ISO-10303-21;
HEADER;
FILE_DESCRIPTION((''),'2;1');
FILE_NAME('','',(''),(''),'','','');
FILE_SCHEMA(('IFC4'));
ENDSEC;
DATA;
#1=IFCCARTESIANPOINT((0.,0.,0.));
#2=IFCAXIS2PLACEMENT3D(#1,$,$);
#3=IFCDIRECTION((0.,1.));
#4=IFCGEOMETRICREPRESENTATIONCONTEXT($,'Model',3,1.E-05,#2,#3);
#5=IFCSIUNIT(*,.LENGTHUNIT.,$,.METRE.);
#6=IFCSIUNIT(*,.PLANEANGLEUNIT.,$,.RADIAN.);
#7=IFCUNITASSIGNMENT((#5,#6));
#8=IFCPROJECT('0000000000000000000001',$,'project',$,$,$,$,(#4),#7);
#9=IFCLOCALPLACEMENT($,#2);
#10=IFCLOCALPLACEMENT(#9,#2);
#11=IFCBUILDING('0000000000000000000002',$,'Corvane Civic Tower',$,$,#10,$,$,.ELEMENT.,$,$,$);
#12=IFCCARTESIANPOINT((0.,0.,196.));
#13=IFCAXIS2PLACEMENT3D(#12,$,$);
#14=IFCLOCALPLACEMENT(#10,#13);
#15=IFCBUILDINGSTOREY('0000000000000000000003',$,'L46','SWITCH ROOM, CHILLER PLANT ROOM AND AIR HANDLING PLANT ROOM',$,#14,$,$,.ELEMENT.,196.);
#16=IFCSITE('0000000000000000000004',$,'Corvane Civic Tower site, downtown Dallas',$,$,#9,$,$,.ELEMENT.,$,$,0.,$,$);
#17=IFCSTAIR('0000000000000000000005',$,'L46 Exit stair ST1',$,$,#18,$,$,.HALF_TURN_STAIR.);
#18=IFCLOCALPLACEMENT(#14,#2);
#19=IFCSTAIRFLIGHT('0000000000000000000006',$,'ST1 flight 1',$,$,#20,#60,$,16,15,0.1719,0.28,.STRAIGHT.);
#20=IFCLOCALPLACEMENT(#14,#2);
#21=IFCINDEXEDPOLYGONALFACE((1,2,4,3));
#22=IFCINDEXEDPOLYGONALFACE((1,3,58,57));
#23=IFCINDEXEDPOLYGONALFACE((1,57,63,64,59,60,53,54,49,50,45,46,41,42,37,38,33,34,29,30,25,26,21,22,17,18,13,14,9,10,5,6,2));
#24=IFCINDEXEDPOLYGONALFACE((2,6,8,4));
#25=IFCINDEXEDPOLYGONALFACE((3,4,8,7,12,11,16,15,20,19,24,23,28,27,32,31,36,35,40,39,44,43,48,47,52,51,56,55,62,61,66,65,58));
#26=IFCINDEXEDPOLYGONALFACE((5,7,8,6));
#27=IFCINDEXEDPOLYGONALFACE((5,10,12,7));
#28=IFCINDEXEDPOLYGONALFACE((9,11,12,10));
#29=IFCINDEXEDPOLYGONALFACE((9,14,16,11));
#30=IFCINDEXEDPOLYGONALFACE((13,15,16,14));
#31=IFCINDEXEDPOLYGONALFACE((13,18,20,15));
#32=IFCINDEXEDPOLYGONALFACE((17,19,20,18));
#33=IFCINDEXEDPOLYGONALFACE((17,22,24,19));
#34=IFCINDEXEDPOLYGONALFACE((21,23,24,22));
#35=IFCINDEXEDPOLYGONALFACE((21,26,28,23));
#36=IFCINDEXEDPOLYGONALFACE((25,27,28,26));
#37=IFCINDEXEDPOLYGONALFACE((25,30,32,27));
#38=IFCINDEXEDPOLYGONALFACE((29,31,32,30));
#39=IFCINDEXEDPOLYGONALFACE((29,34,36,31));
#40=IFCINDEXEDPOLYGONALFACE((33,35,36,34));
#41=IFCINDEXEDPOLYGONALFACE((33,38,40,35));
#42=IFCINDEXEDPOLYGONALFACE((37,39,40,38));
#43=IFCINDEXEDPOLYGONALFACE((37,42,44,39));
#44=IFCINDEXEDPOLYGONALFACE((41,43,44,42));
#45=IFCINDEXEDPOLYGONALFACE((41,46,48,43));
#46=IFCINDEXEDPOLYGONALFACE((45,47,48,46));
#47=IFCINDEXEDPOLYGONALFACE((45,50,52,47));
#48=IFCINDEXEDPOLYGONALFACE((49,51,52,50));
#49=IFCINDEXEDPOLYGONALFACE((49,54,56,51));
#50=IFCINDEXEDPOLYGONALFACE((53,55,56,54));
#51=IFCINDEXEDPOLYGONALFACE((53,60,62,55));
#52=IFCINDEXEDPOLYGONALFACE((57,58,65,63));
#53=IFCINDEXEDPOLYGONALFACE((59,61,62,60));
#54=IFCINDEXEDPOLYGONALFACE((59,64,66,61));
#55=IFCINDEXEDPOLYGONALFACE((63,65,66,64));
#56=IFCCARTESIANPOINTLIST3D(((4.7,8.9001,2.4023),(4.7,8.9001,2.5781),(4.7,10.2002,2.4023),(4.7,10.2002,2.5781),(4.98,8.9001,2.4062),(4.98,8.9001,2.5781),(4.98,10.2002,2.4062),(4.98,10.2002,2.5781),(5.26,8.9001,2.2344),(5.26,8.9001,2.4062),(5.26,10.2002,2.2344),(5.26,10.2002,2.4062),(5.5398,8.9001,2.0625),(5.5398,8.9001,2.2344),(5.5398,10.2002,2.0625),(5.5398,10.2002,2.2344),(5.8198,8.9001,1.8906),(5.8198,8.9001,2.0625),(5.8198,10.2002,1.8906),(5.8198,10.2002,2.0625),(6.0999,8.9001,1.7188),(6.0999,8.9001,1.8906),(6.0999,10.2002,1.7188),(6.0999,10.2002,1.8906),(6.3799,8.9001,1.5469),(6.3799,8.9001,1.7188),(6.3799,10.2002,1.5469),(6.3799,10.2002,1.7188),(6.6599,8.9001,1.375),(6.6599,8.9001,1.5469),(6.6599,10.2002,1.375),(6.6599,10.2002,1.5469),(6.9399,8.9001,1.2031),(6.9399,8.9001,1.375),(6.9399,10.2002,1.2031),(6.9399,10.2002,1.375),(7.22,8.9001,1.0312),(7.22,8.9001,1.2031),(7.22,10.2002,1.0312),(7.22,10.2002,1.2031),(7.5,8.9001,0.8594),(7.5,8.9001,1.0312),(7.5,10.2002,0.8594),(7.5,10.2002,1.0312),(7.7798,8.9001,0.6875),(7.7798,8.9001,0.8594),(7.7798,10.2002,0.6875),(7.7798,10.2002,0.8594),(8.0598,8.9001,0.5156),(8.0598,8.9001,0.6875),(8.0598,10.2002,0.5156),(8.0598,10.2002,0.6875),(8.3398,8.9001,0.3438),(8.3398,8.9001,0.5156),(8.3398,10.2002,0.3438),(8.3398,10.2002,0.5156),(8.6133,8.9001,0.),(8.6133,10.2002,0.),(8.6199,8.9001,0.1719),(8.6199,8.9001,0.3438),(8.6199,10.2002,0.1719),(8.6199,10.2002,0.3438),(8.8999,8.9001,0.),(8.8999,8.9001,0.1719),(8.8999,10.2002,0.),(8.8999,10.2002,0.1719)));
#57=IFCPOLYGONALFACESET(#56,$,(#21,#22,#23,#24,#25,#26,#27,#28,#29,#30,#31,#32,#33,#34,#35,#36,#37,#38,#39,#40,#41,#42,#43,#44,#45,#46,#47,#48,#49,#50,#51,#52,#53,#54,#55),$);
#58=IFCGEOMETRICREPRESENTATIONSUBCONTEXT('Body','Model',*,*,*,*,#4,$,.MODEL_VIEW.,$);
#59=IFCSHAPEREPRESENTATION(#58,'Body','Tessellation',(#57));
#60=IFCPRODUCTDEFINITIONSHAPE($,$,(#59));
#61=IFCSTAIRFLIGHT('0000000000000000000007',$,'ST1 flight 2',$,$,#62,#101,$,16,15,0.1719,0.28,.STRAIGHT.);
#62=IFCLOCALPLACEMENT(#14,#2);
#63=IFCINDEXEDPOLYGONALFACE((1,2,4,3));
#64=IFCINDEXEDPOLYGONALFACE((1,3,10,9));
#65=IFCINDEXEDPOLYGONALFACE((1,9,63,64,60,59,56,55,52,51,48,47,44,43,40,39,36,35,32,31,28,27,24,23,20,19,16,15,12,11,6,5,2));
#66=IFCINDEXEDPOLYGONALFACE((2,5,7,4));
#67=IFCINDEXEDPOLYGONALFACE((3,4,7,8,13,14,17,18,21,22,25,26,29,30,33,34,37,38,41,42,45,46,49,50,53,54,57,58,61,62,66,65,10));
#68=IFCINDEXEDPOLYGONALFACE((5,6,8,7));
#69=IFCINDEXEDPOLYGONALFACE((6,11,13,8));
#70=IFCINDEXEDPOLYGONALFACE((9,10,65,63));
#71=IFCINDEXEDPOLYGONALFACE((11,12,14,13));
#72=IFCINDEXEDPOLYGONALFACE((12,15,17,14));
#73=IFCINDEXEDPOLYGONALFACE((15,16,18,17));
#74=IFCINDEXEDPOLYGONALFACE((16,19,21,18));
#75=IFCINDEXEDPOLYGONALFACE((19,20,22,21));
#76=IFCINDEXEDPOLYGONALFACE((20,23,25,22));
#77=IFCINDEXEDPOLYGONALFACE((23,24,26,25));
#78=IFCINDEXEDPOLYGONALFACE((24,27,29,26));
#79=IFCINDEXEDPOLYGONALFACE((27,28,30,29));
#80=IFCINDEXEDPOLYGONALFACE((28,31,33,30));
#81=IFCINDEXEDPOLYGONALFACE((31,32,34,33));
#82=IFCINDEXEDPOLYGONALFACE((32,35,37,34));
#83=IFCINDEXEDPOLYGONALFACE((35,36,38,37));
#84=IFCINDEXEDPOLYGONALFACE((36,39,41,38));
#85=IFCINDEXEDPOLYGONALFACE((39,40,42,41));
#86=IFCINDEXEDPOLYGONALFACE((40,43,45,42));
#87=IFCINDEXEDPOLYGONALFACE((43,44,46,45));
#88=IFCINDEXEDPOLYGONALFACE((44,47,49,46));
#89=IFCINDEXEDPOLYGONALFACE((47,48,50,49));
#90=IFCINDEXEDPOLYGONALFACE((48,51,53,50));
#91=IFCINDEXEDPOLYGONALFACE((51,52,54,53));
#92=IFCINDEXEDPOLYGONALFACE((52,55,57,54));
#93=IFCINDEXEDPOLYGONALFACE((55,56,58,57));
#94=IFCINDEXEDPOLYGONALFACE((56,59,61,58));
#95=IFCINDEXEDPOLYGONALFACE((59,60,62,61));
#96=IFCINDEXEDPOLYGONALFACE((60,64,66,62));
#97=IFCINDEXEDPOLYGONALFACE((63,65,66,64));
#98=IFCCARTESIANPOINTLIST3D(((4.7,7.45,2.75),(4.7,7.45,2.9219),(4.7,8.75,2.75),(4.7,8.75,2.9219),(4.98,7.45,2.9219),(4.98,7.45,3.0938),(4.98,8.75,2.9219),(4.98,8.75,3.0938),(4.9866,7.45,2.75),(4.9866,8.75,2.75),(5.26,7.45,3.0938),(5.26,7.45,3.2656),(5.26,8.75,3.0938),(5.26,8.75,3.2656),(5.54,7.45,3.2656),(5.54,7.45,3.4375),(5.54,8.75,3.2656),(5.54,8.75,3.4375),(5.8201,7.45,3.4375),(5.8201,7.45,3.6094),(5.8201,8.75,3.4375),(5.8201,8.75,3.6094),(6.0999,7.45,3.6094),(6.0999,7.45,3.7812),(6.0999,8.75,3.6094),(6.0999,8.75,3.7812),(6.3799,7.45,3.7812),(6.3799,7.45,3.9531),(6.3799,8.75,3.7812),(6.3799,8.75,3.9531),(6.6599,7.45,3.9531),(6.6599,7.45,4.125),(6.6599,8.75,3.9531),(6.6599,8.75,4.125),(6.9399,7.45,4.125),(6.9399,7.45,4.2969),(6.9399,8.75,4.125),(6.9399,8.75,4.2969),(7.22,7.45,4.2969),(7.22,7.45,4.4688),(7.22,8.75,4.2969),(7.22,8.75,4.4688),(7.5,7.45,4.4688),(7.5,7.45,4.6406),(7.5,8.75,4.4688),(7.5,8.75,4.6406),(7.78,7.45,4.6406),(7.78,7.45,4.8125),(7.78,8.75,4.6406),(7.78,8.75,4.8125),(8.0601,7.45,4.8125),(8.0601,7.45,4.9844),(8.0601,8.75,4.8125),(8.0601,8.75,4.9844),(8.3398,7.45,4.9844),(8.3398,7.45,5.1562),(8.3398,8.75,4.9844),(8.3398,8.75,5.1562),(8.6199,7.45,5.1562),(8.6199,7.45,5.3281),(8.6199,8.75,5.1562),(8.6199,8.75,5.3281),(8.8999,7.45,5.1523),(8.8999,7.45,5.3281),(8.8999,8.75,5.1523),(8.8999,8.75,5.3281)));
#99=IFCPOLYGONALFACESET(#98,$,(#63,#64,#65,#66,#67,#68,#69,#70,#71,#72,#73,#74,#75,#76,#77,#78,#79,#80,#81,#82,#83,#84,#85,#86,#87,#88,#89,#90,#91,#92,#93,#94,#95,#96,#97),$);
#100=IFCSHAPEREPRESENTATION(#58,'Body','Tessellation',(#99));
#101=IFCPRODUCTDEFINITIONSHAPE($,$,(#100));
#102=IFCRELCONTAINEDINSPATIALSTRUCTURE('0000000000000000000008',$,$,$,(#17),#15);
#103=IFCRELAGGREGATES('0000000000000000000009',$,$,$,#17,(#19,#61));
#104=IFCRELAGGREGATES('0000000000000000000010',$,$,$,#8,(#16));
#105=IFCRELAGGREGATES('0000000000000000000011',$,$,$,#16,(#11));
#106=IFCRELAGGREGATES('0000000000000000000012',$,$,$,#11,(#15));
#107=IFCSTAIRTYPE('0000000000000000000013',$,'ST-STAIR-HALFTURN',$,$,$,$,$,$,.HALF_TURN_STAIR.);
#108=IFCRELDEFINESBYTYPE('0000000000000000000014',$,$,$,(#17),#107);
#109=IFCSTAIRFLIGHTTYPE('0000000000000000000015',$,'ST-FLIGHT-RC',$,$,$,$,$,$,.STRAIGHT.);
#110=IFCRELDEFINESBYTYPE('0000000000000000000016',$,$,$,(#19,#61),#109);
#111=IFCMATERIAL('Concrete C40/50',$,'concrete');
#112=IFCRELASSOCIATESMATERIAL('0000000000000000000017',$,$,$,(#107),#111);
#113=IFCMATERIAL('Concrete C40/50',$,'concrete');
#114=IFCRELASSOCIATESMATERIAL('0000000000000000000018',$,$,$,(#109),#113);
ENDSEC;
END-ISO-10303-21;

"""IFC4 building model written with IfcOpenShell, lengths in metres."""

from ifc_helpers import new_model, si_unit, direction, frame, origin, place, context, subcontext, project, spatial, polyline, outline, extrude, material, type_object, element, aggregate, save


model = new_model("IFC4")

# Units and contexts
model_context = context("Model", 3, precision=1e-05, world=origin(), true_north=direction((0.0, 1.0)))
body_context = subcontext(model_context, "Body", "Model", "MODEL_VIEW")
ifc_project = project(units=[si_unit("LENGTHUNIT", "METRE"), si_unit("PLANEANGLEUNIT", "RADIAN")], contexts=[model_context])

# Site, building, storey
site_placement = place(None, origin())
site = spatial("IfcSite", under=ifc_project, at=site_placement, Name="Corvane Civic Tower site, downtown Dallas", CompositionType="ELEMENT", RefElevation=0.0)
building_placement = place(site_placement, origin())
building = spatial("IfcBuilding", under=site, at=building_placement, Name="Corvane Civic Tower", CompositionType="ELEMENT")
storey_placement = place(building_placement, frame((0.0, 0.0, 196.0)))
storey = spatial("IfcBuildingStorey", under=building, at=storey_placement, Name="L46", Description="SWITCH ROOM, CHILLER PLANT ROOM AND AIR HANDLING PLANT ROOM", CompositionType="ELEMENT", Elevation=196.0)

# Stair, stair flights
ifc_material_1 = material(Name="Concrete C40/50", Category="concrete")
stair_type = type_object("IfcStairType", Name="ST-STAIR-HALFTURN", PredefinedType="HALF_TURN_STAIR", material=ifc_material_1)
stair_placement = place(storey_placement, origin())
stair = element("IfcStair", 1, at=stair_placement, inside=storey, type_object=stair_type, Name="L46 Exit stair ST1", PredefinedType="HALF_TURN_STAIR")
ifc_material_2 = material(Name="Concrete C40/50", Category="concrete")
stair_flight_type = type_object("IfcStairFlightType", Name="ST-FLIGHT-RC", PredefinedType="STRAIGHT", material=ifc_material_2)
stair_flight_1_placement = place(storey_placement, frame((8.8999, 9.55, 0.0), z_axis=(0.0, 0.0, 1.0), x_axis=(-1.0, 0.0, 0.0)))
stair_flight_1 = element("IfcStairFlight", 2, at=stair_flight_1_placement, type_object=stair_flight_type, Name="ST1 flight 1", NumberOfRisers=16, NumberOfTreads=15, PredefinedType="STRAIGHT", RiserHeight=0.1719, TreadLength=0.28, context=body_context, shape_type="SweptSolid", body=[
    extrude(outline(polyline([(0.0, 0.0), (0.0, 0.1719), (0.28, 0.1719), (0.28, 0.3438), (0.5601, 0.3438), (0.5601, 0.5156), (0.8401, 0.5156), (0.8401, 0.6875), (1.1201, 0.6875), (1.1201, 0.8594), (1.3999, 0.8594), (1.3999, 1.0312), (1.6799, 1.0312), (1.6799, 1.2031), (1.96, 1.2031), (1.96, 1.375), (2.24, 1.375), (2.24, 1.5469), (2.52, 1.5469), (2.52, 1.7188), (2.8, 1.7188), (2.8, 1.8906), (3.0801, 1.8906), (3.0801, 2.0625), (3.3601, 2.0625), (3.3601, 2.2344), (3.6399, 2.2344), (3.6399, 2.4062), (3.9199, 2.4062), (3.9199, 2.5781), (4.2, 2.5781), (4.2, 2.75), (4.2, 2.4023), (0.2866, 0.0), (0.0, 0.0)])), frame((0.0, 0.6499, 0.0), z_axis=(0.0, -1.0, 0.0), x_axis=(1.0, 0.0, 0.0)), (0.0, 0.0, 1.0), 1.3),
])
stair_flight_2_placement = place(storey_placement, frame((4.7, 8.1001, 2.75), z_axis=(0.0, 0.0, 1.0), x_axis=(1.0, 0.0, 0.0)))
stair_flight_2 = element("IfcStairFlight", 3, at=stair_flight_2_placement, type_object=stair_flight_type, Name="ST1 flight 2", NumberOfRisers=16, NumberOfTreads=15, PredefinedType="STRAIGHT", RiserHeight=0.1719, TreadLength=0.28, context=body_context, shape_type="SweptSolid", body=[
    extrude(outline(polyline([(0.0, 0.0), (0.0, 0.1719), (0.28, 0.1719), (0.28, 0.3438), (0.5601, 0.3438), (0.5601, 0.5156), (0.8401, 0.5156), (0.8401, 0.6875), (1.1201, 0.6875), (1.1201, 0.8594), (1.3999, 0.8594), (1.3999, 1.0312), (1.6799, 1.0312), (1.6799, 1.2031), (1.96, 1.2031), (1.96, 1.375), (2.24, 1.375), (2.24, 1.5469), (2.52, 1.5469), (2.52, 1.7188), (2.8, 1.7188), (2.8, 1.8906), (3.0801, 1.8906), (3.0801, 2.0625), (3.3601, 2.0625), (3.3601, 2.2344), (3.6399, 2.2344), (3.6399, 2.4062), (3.9199, 2.4062), (3.9199, 2.5781), (4.2, 2.5781), (4.2, 2.75), (4.2, 2.4023), (0.2866, 0.0), (0.0, 0.0)])), frame((0.0, 0.6499, 0.0), z_axis=(0.0, -1.0, 0.0), x_axis=(1.0, 0.0, 0.0)), (0.0, 0.0, 1.0), 1.3),
])
aggregate(stair, [stair_flight_1, stair_flight_2])

save(model, "model.ifc")
